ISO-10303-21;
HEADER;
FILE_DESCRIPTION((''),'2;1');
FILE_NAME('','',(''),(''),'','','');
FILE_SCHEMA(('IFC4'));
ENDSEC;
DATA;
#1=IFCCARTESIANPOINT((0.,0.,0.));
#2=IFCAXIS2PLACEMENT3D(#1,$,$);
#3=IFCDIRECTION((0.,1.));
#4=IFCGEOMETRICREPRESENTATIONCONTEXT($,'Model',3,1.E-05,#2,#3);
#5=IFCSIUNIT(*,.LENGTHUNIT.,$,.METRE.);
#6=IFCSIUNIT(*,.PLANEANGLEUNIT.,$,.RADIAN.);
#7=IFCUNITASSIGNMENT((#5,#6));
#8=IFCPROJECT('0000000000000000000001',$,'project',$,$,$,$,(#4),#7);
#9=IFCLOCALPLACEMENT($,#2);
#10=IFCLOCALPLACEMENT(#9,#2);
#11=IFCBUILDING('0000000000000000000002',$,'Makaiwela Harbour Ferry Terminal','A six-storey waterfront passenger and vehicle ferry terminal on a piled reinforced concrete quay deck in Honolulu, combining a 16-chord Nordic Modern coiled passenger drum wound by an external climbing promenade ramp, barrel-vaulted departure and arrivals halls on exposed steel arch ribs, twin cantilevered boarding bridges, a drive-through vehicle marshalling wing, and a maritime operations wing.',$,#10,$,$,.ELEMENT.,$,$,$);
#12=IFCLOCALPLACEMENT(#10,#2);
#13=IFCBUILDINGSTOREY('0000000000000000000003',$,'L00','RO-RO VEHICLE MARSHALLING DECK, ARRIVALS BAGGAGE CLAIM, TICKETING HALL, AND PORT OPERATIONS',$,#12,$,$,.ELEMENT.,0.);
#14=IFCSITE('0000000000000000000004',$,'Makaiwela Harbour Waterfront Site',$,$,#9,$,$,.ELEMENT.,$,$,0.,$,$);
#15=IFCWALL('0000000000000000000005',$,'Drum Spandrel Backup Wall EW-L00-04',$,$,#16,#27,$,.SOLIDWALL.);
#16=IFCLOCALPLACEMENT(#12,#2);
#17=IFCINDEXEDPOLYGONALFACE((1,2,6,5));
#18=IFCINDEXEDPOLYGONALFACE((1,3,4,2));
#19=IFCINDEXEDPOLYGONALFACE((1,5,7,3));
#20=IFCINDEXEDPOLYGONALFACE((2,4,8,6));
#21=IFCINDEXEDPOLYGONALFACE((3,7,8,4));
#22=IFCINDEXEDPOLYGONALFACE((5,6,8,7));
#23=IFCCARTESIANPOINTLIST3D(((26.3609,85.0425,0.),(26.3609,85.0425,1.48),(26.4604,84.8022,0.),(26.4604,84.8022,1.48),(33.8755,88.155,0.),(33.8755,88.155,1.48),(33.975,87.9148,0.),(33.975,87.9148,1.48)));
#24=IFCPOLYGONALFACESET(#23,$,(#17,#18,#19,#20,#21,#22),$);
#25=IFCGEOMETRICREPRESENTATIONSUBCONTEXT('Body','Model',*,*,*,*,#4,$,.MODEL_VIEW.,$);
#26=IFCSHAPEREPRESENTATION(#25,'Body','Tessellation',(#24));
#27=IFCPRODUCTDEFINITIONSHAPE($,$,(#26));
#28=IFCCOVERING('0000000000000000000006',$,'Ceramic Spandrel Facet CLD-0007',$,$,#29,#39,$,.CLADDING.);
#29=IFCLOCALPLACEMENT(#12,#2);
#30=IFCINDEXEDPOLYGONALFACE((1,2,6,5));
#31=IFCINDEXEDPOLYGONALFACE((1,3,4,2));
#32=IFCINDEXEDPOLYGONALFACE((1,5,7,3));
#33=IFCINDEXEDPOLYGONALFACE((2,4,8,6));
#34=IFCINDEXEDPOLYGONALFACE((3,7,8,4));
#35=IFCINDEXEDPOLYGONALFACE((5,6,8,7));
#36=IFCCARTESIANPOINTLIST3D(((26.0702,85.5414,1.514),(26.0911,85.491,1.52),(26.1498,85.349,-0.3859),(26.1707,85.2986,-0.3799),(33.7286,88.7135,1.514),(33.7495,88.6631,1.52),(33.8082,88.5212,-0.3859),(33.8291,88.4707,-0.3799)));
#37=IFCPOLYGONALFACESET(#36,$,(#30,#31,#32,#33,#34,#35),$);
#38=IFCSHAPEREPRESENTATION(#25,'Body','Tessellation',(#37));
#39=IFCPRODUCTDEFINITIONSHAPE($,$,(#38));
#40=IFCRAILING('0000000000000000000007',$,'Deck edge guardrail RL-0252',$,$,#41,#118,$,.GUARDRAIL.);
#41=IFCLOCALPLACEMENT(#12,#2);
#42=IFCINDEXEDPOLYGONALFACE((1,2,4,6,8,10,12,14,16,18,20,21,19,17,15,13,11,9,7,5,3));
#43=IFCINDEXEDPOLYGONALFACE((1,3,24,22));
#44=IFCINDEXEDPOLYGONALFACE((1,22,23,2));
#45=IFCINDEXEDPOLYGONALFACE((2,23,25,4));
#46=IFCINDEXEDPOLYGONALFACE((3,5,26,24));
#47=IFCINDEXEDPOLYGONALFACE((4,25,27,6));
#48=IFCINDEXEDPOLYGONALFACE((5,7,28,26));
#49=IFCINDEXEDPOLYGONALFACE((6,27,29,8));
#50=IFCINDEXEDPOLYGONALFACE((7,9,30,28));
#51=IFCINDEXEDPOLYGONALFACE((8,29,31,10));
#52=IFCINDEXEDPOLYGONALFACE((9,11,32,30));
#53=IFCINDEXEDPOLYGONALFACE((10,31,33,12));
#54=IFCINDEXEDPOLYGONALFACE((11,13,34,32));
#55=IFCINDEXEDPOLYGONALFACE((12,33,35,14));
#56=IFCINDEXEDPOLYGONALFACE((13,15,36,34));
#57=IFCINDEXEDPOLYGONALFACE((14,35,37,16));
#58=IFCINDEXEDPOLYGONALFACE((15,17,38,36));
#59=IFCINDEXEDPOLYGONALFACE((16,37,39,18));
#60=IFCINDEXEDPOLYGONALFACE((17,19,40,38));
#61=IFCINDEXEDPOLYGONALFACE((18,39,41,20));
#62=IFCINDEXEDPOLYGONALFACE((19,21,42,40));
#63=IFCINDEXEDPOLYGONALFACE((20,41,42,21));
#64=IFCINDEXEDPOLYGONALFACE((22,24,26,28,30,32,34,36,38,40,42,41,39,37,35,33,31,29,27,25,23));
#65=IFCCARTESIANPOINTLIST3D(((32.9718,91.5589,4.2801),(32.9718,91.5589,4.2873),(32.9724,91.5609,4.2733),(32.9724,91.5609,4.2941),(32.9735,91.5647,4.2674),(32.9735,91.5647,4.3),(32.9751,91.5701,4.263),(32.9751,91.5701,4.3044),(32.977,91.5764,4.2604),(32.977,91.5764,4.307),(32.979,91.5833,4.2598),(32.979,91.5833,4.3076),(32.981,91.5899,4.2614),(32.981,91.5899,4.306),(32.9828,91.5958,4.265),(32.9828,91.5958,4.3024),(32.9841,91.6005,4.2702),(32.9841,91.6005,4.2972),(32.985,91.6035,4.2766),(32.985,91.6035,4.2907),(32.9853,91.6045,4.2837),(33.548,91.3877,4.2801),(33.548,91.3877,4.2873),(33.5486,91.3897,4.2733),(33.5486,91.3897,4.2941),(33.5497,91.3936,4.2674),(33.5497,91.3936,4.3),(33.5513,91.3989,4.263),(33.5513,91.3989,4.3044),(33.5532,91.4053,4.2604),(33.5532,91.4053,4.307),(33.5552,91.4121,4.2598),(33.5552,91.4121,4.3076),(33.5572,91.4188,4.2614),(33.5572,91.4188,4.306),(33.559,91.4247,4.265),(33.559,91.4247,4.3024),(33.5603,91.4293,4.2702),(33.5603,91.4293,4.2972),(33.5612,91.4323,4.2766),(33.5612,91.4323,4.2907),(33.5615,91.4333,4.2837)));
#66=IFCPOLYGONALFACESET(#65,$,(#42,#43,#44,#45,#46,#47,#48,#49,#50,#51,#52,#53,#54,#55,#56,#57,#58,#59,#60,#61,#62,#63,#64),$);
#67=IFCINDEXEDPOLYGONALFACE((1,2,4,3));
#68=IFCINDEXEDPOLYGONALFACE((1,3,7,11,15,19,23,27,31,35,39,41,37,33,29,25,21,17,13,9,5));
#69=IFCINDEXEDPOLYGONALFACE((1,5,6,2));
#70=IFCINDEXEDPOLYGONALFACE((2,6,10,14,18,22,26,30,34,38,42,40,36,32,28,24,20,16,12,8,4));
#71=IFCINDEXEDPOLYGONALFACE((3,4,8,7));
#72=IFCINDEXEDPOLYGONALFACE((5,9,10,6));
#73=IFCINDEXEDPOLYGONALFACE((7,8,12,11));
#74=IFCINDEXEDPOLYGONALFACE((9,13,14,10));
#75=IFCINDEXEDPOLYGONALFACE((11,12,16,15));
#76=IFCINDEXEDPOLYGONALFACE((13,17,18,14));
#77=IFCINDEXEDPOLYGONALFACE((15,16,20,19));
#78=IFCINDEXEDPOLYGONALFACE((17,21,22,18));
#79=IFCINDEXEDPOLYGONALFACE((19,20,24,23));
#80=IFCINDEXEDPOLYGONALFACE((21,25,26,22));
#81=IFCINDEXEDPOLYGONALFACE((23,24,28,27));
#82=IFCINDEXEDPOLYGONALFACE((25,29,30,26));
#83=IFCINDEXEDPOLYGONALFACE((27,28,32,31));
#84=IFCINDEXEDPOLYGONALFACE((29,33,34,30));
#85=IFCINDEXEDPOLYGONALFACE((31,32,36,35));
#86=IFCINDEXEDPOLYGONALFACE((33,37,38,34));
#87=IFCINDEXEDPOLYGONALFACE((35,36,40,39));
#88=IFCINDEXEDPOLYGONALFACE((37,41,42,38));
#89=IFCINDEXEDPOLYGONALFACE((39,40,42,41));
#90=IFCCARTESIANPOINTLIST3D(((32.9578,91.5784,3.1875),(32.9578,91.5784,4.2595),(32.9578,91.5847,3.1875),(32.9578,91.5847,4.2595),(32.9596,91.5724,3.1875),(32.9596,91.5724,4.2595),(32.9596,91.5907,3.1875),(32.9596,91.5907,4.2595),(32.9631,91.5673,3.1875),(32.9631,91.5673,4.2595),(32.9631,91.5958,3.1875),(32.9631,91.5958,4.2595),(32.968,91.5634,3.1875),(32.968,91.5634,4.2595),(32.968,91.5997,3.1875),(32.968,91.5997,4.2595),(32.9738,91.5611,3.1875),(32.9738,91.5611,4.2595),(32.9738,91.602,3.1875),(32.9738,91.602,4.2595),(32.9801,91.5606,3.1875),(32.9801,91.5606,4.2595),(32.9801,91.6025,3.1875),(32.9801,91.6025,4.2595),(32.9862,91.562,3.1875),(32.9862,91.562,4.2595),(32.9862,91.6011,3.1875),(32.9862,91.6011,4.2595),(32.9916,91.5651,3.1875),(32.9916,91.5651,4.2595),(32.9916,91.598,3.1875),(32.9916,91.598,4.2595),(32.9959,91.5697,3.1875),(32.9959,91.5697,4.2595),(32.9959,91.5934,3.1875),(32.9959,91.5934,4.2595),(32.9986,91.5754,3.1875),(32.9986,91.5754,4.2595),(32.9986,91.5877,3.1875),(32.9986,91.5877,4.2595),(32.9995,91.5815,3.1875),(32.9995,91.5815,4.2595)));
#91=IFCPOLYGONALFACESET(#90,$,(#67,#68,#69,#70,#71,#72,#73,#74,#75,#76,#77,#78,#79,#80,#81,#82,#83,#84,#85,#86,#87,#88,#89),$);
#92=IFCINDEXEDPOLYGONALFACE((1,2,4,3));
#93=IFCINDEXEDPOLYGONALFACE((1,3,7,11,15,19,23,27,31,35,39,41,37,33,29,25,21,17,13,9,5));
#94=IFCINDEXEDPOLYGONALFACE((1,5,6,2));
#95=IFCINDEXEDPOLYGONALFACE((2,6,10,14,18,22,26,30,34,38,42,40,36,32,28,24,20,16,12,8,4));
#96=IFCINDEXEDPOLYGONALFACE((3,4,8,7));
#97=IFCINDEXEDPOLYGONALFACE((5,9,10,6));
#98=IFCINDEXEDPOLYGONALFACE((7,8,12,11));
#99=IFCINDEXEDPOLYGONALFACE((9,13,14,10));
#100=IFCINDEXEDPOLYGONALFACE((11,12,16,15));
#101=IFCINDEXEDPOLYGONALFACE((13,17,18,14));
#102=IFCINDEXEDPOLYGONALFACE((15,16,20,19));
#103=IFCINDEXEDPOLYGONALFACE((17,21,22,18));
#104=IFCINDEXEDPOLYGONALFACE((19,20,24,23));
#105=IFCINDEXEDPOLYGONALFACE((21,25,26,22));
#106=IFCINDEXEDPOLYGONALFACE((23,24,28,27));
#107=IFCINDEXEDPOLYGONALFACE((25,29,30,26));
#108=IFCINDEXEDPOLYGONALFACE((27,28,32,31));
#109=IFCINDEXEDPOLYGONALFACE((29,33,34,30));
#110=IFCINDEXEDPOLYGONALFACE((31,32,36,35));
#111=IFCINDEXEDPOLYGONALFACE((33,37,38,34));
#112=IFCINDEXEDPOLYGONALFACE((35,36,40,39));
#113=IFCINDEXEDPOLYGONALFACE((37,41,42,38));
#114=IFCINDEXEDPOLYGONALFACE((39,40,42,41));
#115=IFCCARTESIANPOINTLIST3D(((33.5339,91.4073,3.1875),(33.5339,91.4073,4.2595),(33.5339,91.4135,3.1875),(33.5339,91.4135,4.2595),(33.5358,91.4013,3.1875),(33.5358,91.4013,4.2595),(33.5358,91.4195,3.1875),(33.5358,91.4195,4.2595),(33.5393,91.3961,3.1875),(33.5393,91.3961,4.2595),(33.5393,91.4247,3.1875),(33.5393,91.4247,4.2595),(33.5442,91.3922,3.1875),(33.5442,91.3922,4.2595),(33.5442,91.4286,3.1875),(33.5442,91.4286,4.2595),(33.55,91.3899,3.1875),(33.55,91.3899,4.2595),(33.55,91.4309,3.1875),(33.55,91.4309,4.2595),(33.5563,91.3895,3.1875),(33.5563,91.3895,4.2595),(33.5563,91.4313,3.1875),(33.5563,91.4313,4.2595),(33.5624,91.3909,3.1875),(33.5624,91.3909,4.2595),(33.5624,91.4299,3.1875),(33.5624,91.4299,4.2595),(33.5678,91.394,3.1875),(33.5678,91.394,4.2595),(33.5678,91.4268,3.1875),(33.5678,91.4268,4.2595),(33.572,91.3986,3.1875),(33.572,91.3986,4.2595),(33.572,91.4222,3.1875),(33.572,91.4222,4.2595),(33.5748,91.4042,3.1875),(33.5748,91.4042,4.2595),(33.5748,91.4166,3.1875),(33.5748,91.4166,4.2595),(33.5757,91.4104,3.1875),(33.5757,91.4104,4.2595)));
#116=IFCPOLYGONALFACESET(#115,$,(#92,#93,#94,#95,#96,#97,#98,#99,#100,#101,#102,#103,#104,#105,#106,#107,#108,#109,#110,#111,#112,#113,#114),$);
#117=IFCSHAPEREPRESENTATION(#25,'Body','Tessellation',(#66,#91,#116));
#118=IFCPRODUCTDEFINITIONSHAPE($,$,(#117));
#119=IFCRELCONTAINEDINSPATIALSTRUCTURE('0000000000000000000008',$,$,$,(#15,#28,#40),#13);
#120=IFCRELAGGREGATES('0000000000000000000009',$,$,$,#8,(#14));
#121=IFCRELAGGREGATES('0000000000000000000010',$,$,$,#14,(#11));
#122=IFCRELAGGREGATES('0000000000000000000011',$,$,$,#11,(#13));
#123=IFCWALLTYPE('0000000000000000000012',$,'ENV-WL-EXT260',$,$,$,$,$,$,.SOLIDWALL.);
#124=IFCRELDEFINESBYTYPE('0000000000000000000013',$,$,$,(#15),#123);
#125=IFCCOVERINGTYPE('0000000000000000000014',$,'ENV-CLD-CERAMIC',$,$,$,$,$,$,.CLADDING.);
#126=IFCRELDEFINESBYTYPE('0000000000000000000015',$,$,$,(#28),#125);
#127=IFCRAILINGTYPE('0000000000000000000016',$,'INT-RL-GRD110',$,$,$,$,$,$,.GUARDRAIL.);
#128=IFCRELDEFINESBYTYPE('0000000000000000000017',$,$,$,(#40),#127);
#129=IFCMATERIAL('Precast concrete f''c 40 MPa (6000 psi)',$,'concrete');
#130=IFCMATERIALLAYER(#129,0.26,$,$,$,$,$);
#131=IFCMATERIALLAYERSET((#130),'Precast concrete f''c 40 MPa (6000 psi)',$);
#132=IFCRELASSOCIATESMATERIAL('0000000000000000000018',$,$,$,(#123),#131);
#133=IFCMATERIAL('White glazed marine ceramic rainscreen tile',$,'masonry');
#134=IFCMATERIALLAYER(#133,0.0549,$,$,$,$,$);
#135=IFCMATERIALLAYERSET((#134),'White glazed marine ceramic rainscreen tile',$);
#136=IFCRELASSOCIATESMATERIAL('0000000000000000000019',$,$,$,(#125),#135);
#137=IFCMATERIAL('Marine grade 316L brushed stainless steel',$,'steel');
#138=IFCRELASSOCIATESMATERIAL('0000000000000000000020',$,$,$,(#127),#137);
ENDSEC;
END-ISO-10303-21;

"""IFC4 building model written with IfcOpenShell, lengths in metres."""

from ifc_helpers import new_model, si_unit, direction, frame, frame_2d, origin, origin_2d, place, context, subcontext, project, spatial, polyline, rectangle, circle, outline, extrude, material, layer, layer_set, type_object, element, save


model = new_model("IFC4")

# Units and contexts
model_context = context("Model", 3, precision=1e-05, world=origin(), true_north=direction((0.0, 1.0)))
body_context = subcontext(model_context, "Body", "Model", "MODEL_VIEW")
ifc_project = project(units=[si_unit("LENGTHUNIT", "METRE"), si_unit("PLANEANGLEUNIT", "RADIAN")], contexts=[model_context])

# Site, building, storey
site_placement = place(None, origin())
site = spatial("IfcSite", under=ifc_project, at=site_placement, Name="Makaiwela Harbour Waterfront Site", CompositionType="ELEMENT", RefElevation=0.0)
building_placement = place(site_placement, origin())
building = spatial("IfcBuilding", under=site, at=building_placement, Name="Makaiwela Harbour Ferry Terminal", Description="A six-storey waterfront passenger and vehicle ferry terminal on a piled reinforced concrete quay deck in Honolulu, combining a 16-chord Nordic Modern coiled passenger drum wound by an external climbing promenade ramp, barrel-vaulted departure and arrivals halls on exposed steel arch ribs, twin cantilevered boarding bridges, a drive-through vehicle marshalling wing, and a maritime operations wing.", CompositionType="ELEMENT")
storey_placement = place(building_placement, origin())
storey = spatial("IfcBuildingStorey", under=building, at=storey_placement, Name="L00", Description="RO-RO VEHICLE MARSHALLING DECK, ARRIVALS BAGGAGE CLAIM, TICKETING HALL, AND PORT OPERATIONS", CompositionType="ELEMENT", Elevation=0.0)

# Wall
ifc_material_1 = material(Name="Precast concrete f'c 40 MPa (6000 psi)", Category="concrete")
ifc_layer_1 = layer(ifc_material_1, 0.26)
ifc_layer_set_1 = layer_set([ifc_layer_1], Name="Precast concrete f'c 40 MPa (6000 psi)")
wall_type = type_object("IfcWallType", Name="ENV-WL-EXT260", PredefinedType="SOLIDWALL", material=ifc_layer_set_1)
wall_placement = place(storey_placement, frame((33.9253, 88.0349, 0.0), z_axis=(0.0, 0.0, 1.0), x_axis=(-0.923885, -0.382671, 0.0)))
element("IfcWall", 1, at=wall_placement, inside=storey, type_object=wall_type, Name="Drum Spandrel Backup Wall EW-L00-04", PredefinedType="SOLIDWALL", context=body_context, shape_type="SweptSolid", body=[
    extrude(rectangle(XDim=8.1338, YDim=0.26, at=frame_2d((4.0669, 0.0))), origin(), (0.0, 0.0, 1.0), 1.48),
])

# Covering
ifc_material_2 = material(Name="White glazed marine ceramic rainscreen tile", Category="masonry")
ifc_layer_2 = layer(ifc_material_2, 0.0549)
ifc_layer_set_2 = layer_set([ifc_layer_2], Name="White glazed marine ceramic rainscreen tile")
covering_type = type_object("IfcCoveringType", Name="ENV-CLD-CERAMIC", PredefinedType="CLADDING", material=ifc_layer_set_2)
covering_placement = place(storey_placement, frame((33.8291, 88.4707, -0.3799), z_axis=(0.380395, -0.918387, 0.108931), x_axis=(-0.923884, -0.382672, 0.0)))
element("IfcCovering", 2, at=covering_placement, inside=storey, type_object=covering_type, Name="Ceramic Spandrel Facet CLD-0007", PredefinedType="CLADDING", context=body_context, shape_type="SweptSolid", body=[
    extrude(outline(polyline([(0.0, 0.0), (8.2894, 0.0), (8.2893, -1.9113), (-0.0001, -1.9113), (0.0, 0.0)])), origin(), (0.0, 0.0, -1.0), 0.0549),
])

# Railing
ifc_material_3 = material(Name="Marine grade 316L brushed stainless steel", Category="steel")
railing_type = type_object("IfcRailingType", Name="INT-RL-GRD110", PredefinedType="GUARDRAIL", material=ifc_material_3)
railing_placement = place(storey_placement, frame((32.9785, 91.5815, 3.1875)))
element("IfcRailing", 3, at=railing_placement, inside=storey, type_object=railing_type, Name="Deck edge guardrail RL-0252", PredefinedType="GUARDRAIL", context=body_context, shape_type="SweptSolid", body=[
    extrude(circle(Radius=0.0239, at=origin_2d()), frame((0.0, 0.0, 1.0962), z_axis=(0.958605, -0.284738, 0.0), x_axis=(0.284738, 0.958605, 0.0)), (0.0, 0.0, 1.0), 0.6011),
    extrude(circle(Radius=0.021, at=origin_2d()), origin(), (0.0, 0.0, 1.0), 1.072),
    extrude(circle(Radius=0.021, at=origin_2d()), frame((0.5762, -0.1711, 0.0)), (0.0, 0.0, 1.0), 1.072),
])

save(model, "model.ifc")
